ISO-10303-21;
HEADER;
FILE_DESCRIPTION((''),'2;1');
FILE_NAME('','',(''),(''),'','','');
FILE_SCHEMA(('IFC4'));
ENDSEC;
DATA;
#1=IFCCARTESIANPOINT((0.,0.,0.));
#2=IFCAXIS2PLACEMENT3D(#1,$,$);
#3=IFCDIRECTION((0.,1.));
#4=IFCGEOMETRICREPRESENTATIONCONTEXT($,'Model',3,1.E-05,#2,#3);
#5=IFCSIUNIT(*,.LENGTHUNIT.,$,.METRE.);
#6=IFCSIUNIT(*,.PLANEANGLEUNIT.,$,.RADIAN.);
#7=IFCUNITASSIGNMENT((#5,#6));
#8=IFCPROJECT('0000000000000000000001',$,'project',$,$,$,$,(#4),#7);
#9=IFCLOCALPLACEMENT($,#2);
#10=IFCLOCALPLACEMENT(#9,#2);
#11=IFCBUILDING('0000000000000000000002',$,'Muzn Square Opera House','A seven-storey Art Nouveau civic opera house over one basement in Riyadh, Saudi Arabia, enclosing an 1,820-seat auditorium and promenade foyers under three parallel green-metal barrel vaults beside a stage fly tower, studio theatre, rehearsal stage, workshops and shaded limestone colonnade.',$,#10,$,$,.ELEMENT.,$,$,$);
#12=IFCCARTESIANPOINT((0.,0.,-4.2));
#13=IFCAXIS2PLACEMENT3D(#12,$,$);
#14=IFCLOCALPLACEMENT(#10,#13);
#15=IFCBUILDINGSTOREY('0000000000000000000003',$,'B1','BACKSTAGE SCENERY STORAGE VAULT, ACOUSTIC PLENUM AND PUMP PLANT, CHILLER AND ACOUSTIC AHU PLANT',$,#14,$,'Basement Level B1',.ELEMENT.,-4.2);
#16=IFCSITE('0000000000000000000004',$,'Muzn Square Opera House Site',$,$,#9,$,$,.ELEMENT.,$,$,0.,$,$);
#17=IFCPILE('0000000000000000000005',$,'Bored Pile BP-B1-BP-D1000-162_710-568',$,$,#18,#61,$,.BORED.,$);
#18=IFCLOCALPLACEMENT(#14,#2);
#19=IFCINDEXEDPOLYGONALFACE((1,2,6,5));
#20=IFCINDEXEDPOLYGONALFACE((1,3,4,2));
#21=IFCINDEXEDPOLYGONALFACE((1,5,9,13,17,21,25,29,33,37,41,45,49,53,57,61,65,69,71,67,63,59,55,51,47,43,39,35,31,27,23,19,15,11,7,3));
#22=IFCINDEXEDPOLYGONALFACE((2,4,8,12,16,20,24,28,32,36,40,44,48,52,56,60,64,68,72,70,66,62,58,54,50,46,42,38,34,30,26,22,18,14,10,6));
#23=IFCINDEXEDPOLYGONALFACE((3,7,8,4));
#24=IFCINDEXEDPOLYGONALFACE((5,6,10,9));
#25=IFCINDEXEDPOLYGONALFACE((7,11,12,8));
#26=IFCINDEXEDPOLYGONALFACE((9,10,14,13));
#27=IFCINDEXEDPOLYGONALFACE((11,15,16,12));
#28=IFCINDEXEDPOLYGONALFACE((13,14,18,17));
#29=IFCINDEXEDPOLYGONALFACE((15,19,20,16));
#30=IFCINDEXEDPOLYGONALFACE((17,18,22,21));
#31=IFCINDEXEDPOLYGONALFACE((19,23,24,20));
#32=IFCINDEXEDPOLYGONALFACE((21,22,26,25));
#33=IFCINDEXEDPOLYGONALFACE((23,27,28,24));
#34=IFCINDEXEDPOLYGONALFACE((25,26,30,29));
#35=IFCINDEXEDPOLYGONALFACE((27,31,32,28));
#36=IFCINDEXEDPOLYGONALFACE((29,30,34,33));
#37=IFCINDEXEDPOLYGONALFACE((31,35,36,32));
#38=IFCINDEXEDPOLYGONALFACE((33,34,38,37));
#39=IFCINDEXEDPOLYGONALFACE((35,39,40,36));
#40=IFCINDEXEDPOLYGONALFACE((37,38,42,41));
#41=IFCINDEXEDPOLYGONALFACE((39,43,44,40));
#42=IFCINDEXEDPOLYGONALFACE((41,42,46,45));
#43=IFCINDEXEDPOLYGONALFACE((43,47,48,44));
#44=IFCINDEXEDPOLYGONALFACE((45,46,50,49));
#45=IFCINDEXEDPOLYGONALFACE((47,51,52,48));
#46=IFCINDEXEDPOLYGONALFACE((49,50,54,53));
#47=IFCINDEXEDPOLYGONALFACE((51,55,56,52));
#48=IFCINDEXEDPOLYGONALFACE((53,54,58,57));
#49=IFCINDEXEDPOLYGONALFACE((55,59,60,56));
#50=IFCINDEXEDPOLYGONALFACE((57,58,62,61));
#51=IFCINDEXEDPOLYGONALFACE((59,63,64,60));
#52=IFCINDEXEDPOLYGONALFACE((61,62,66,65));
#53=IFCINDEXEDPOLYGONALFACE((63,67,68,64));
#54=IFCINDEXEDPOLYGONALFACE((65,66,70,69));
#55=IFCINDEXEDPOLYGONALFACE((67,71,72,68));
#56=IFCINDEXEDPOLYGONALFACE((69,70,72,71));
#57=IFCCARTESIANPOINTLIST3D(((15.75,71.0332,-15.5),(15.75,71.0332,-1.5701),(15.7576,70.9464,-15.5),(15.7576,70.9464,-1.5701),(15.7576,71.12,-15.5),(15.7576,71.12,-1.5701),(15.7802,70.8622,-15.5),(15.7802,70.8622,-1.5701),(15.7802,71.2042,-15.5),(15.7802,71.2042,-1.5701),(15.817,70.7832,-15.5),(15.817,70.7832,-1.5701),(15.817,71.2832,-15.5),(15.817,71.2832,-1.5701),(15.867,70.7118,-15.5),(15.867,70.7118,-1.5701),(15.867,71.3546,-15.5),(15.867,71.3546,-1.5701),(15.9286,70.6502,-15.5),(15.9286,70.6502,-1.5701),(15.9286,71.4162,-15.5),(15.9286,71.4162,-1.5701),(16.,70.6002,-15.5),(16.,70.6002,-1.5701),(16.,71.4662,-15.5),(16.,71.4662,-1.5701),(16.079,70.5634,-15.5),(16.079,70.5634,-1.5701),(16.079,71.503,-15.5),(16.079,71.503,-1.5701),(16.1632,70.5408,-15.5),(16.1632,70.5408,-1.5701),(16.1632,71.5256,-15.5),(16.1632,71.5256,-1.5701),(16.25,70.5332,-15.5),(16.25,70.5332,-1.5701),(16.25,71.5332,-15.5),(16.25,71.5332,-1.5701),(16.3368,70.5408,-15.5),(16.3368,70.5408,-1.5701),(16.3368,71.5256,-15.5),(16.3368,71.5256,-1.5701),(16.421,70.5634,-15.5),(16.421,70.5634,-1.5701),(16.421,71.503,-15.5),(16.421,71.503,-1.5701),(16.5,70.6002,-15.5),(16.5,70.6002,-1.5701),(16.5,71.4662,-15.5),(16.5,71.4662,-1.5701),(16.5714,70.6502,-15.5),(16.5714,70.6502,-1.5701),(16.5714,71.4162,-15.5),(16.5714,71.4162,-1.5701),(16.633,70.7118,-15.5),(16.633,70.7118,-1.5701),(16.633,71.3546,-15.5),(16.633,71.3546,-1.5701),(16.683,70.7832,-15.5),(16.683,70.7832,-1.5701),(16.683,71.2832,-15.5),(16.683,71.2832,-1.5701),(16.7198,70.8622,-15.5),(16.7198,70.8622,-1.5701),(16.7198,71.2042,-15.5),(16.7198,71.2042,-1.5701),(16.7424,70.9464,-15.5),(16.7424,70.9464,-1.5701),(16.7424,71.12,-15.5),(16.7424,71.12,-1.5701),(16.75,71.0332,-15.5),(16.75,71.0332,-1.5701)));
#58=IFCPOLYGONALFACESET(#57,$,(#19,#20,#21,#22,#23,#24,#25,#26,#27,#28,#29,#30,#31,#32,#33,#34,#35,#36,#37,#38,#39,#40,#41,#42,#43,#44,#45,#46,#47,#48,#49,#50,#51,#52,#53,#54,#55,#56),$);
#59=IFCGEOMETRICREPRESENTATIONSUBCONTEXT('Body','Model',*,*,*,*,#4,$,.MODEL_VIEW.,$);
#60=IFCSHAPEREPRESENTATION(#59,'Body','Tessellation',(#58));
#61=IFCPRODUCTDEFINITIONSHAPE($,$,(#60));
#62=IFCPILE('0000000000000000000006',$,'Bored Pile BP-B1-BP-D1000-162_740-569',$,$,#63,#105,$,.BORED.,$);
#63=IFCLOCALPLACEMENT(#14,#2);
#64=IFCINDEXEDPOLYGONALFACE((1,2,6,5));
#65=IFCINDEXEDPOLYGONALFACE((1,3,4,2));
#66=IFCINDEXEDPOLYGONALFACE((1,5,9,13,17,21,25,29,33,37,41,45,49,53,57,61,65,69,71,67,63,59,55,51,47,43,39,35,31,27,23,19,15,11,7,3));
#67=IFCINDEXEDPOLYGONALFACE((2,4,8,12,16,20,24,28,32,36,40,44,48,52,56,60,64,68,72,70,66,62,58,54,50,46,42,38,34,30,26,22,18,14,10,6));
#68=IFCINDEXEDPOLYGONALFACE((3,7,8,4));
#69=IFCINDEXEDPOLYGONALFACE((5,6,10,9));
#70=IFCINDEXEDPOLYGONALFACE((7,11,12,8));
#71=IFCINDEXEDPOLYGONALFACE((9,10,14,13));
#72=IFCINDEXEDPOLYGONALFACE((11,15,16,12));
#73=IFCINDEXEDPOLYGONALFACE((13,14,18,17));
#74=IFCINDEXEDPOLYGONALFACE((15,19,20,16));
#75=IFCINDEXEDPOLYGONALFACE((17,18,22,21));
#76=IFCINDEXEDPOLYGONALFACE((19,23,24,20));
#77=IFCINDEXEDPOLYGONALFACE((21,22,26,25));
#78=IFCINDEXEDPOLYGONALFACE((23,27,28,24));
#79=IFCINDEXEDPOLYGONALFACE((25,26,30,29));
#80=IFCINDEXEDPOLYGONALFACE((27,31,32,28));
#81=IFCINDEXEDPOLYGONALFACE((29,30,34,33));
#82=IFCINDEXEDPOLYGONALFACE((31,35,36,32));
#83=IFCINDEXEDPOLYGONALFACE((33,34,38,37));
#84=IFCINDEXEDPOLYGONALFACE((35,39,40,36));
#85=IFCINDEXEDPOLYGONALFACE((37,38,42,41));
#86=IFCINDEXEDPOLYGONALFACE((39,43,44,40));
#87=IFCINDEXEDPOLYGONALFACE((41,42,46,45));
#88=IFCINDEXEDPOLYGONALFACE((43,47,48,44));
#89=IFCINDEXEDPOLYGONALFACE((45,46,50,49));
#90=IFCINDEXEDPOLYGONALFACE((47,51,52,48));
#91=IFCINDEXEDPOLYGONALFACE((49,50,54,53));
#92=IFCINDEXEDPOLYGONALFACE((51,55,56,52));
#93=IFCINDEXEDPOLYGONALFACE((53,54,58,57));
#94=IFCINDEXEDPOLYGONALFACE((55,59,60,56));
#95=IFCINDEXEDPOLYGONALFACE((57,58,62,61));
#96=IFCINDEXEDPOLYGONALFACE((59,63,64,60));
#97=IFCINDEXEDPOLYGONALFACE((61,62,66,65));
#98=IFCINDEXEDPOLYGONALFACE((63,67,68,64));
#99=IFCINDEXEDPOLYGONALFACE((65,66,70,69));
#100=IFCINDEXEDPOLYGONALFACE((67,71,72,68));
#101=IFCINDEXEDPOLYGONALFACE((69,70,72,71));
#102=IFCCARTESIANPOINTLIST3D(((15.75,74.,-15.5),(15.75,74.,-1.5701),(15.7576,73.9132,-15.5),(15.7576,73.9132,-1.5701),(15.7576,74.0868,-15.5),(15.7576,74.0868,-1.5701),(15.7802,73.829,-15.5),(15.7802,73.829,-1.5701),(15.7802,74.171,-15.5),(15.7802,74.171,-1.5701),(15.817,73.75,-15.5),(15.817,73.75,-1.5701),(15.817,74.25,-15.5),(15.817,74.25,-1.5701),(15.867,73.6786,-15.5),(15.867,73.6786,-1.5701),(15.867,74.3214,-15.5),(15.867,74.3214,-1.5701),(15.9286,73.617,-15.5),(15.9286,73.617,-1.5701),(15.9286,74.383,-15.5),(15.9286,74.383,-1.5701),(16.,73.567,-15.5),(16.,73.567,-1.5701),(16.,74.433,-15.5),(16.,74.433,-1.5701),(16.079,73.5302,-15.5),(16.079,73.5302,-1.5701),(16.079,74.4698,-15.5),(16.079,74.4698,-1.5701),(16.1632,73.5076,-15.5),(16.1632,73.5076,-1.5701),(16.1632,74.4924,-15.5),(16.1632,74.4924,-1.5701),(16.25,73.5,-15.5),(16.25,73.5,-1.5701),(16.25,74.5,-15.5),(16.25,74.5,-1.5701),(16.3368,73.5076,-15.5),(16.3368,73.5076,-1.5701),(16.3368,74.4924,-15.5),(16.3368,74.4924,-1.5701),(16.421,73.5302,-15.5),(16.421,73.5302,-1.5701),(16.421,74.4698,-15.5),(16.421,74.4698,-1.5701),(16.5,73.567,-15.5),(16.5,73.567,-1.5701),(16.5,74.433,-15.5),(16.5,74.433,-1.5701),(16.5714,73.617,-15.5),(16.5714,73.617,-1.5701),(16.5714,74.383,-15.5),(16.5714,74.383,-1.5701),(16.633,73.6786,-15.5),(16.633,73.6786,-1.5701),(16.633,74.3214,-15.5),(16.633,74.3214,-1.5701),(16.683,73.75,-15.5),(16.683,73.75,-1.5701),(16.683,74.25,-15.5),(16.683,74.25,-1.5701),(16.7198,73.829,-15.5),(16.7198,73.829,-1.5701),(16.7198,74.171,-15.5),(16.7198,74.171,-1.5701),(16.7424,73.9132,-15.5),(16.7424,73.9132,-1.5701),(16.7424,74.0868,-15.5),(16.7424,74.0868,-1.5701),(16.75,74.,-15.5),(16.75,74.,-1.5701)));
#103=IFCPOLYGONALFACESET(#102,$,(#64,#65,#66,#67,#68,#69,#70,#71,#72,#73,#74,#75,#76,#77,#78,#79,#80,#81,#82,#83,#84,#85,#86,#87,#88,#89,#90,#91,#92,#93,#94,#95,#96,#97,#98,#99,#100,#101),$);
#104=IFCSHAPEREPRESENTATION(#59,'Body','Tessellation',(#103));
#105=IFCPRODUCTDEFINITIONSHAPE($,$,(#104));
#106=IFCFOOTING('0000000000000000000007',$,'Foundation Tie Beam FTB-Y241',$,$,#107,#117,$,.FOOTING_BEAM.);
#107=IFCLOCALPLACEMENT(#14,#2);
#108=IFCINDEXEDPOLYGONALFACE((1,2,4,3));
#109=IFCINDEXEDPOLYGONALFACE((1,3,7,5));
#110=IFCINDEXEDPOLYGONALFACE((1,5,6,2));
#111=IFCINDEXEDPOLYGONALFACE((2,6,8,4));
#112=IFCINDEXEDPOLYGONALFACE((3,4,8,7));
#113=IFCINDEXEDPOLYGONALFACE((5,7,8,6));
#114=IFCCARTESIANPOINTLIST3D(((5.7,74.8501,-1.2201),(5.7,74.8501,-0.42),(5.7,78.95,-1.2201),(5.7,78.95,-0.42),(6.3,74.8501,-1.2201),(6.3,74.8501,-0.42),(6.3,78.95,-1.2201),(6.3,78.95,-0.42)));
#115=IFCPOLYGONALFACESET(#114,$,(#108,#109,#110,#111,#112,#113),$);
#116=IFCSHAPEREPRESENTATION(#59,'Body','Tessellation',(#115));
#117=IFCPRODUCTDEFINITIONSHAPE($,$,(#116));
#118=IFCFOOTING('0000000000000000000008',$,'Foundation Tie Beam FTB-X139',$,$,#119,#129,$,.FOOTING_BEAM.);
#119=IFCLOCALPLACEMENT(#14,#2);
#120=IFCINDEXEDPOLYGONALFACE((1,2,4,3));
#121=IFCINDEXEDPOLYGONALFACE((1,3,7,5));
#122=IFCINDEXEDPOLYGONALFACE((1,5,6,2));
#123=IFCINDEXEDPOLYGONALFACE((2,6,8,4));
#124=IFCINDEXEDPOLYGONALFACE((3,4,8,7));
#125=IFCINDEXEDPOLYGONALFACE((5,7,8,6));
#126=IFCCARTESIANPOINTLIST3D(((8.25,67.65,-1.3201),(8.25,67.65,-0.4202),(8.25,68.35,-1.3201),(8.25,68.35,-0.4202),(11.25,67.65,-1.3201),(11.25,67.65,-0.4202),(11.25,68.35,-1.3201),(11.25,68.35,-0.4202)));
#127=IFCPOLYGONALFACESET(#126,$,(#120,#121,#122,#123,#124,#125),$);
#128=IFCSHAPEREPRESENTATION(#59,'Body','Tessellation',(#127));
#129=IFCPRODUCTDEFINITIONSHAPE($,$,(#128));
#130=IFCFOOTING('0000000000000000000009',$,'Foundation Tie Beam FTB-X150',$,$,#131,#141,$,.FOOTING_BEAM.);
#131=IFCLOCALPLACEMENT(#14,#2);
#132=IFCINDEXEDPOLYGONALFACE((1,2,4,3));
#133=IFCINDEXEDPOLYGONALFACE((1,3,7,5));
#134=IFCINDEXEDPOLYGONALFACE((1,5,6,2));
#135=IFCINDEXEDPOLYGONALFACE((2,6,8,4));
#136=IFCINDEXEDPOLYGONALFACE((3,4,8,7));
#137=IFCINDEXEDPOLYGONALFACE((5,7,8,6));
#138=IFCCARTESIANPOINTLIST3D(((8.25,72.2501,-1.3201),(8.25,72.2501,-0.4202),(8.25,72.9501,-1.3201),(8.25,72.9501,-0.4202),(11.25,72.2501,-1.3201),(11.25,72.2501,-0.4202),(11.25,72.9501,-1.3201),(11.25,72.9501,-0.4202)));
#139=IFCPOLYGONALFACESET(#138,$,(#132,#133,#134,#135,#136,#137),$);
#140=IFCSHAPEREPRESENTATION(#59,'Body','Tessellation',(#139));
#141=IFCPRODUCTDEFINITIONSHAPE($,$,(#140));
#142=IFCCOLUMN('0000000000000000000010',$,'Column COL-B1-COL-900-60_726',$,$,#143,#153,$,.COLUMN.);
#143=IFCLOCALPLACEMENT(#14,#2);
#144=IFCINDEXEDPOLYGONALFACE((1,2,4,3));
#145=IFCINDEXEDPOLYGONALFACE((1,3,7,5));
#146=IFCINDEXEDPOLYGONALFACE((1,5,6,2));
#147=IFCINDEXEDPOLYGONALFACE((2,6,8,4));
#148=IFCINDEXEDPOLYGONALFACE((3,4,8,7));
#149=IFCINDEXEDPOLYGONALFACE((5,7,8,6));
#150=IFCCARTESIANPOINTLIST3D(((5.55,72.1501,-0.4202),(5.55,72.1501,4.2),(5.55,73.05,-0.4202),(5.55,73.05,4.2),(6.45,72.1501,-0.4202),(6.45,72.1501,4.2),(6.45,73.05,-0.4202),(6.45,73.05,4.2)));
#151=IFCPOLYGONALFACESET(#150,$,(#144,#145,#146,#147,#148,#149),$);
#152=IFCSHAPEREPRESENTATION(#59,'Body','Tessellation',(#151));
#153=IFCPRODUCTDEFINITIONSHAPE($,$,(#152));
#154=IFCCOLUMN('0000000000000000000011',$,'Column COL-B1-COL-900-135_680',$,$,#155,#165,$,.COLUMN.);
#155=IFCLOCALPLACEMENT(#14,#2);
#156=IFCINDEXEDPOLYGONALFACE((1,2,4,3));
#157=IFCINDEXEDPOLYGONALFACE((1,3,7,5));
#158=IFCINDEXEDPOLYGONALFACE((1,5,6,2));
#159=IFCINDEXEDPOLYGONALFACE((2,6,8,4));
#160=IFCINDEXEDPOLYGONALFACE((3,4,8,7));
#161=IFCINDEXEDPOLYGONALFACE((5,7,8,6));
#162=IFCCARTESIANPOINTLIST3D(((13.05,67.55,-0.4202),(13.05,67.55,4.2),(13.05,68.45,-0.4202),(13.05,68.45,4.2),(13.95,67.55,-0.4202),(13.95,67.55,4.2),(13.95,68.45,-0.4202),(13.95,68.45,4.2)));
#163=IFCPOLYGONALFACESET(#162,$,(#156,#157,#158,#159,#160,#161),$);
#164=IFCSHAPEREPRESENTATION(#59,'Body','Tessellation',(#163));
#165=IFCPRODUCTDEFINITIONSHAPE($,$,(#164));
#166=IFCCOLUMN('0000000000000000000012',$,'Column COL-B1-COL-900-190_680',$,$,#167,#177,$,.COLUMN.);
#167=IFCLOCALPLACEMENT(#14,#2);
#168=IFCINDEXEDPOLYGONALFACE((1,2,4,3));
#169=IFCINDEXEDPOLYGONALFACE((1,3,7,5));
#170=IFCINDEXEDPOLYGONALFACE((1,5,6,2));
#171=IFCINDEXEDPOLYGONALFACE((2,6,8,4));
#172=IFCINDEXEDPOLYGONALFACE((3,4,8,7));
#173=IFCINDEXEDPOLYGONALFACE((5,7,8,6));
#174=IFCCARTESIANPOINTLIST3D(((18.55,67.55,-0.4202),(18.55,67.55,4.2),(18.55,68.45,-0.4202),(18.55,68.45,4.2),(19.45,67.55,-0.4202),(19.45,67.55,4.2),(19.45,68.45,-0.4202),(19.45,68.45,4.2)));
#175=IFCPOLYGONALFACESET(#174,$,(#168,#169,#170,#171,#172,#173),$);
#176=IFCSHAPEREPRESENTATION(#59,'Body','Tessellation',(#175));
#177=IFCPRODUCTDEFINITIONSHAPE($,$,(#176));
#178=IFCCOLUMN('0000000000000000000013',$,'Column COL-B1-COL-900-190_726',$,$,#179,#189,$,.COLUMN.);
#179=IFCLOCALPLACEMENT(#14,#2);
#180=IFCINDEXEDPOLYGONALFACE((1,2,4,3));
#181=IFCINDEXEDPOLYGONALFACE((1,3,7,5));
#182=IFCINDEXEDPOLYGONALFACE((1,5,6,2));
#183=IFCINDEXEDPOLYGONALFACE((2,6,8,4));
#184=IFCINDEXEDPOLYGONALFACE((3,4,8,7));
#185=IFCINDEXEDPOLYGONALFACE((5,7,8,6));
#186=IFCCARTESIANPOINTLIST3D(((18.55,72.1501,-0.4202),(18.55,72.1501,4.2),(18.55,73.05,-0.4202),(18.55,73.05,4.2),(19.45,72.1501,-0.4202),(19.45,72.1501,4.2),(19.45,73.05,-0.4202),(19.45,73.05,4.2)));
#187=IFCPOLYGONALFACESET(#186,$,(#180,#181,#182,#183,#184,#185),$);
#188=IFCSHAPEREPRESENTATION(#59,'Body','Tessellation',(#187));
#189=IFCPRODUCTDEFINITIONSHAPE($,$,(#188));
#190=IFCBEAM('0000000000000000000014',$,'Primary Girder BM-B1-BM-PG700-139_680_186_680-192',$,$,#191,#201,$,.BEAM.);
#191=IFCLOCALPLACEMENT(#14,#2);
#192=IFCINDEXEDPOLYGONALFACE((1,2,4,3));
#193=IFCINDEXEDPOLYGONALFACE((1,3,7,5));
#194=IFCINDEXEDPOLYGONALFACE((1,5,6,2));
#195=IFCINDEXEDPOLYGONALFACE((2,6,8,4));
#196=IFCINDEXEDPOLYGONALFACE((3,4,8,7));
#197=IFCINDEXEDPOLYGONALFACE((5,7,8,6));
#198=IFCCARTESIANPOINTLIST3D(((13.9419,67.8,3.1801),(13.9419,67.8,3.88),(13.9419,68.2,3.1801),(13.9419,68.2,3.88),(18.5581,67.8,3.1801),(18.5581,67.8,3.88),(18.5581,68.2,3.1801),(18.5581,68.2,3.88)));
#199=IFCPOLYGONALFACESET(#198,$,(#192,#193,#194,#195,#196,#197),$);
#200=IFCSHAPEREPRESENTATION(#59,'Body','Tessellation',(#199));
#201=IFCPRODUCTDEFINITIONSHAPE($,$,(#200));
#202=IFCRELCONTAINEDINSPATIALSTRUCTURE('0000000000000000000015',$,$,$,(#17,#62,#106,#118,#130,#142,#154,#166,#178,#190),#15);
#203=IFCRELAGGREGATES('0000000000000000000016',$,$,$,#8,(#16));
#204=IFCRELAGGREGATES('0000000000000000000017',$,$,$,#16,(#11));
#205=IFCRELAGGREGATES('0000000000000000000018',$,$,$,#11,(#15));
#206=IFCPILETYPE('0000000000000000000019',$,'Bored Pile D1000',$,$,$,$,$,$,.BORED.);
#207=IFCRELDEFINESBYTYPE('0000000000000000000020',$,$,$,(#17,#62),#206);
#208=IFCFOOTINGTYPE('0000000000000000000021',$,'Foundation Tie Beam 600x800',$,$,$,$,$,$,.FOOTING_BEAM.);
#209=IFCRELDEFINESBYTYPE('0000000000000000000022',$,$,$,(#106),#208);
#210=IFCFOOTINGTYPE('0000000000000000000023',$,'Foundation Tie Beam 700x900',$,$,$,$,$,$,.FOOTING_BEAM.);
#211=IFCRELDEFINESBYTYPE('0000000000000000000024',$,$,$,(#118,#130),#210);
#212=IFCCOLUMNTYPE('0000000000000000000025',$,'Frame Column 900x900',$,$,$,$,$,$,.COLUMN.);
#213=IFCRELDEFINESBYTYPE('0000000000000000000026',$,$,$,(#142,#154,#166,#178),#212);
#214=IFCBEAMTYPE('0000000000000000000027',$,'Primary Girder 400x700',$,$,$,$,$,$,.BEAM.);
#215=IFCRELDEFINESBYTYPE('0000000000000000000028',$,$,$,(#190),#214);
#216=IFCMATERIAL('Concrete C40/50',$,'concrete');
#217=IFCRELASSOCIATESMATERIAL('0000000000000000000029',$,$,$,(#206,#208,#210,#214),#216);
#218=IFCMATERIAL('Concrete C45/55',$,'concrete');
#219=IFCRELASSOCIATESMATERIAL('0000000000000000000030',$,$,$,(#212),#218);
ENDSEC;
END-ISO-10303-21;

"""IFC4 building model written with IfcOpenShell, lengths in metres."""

from ifc_helpers import new_model, si_unit, direction, frame, origin, origin_2d, place, context, subcontext, project, spatial, rectangle, circle, extrude, material, material_profile, profile_set, type_object, element, save


model = new_model("IFC4")

# Units and contexts
model_context = context("Model", 3, precision=1e-05, world=origin(), true_north=direction((0.0, 1.0)))
body_context = subcontext(model_context, "Body", "Model", "MODEL_VIEW")
ifc_project = project(units=[si_unit("LENGTHUNIT", "METRE"), si_unit("PLANEANGLEUNIT", "RADIAN")], contexts=[model_context])

# Site, building, storey
site_placement = place(None, origin())
site = spatial("IfcSite", under=ifc_project, at=site_placement, Name="Muzn Square Opera House Site", CompositionType="ELEMENT", RefElevation=0.0)
building_placement = place(site_placement, origin())
building = spatial("IfcBuilding", under=site, at=building_placement, Name="Muzn Square Opera House", Description="A seven-storey Art Nouveau civic opera house over one basement in Riyadh, Saudi Arabia, enclosing an 1,820-seat auditorium and promenade foyers under three parallel green-metal barrel vaults beside a stage fly tower, studio theatre, rehearsal stage, workshops and shaded limestone colonnade.", CompositionType="ELEMENT")
storey_placement = place(building_placement, frame((0.0, 0.0, -4.2)))
storey = spatial("IfcBuildingStorey", under=building, at=storey_placement, Name="B1", Description="BACKSTAGE SCENERY STORAGE VAULT, ACOUSTIC PLENUM AND PUMP PLANT, CHILLER AND ACOUSTIC AHU PLANT", LongName="Basement Level B1", CompositionType="ELEMENT", Elevation=-4.2)

# Piles
ifc_material_1 = material(Name="Concrete C40/50", Category="concrete")
ifc_material_profile_1 = material_profile(ifc_material_1, circle(Radius=0.5, at=origin_2d()), Name="BORED PILE D1000", Category="concrete")
ifc_profile_set_1 = profile_set([ifc_material_profile_1], Name="Concrete C40/50")
pile_type = type_object("IfcPileType", Name="Bored Pile D1000", PredefinedType="BORED", material=ifc_profile_set_1)
for number, where, z_axis, x_axis, name in (
    (1, (16.25, 71.0332, -1.5701), (0.0, 0.0, -1.0), (1.0, 0.0, 0.0), "Bored Pile BP-B1-BP-D1000-162_710-568"),
    (2, (16.25, 74.0, -1.5701), (0.0, 0.0, -1.0), (1.0, 0.0, 0.0), "Bored Pile BP-B1-BP-D1000-162_740-569"),
):
    element("IfcPile", number, at=place(storey_placement, frame(where, z_axis=z_axis, x_axis=x_axis)), inside=storey, type_object=pile_type, Name=name, PredefinedType="BORED", context=body_context, shape_type="SweptSolid", body=[
        extrude(circle(Radius=0.5, at=origin_2d()), origin(), (0.0, 0.0, 1.0), 13.9299),
    ])

# Footings
ifc_material_profile_2 = material_profile(ifc_material_1, rectangle(XDim=0.6001, YDim=0.8, at=origin_2d()), Name="RCTB 600x800", Category="concrete")
ifc_profile_set_2 = profile_set([ifc_material_profile_2], Name="Concrete C40/50")
footing_type_1 = type_object("IfcFootingType", Name="Foundation Tie Beam 600x800", PredefinedType="FOOTING_BEAM", material=ifc_profile_set_2)
footing_placement = place(storey_placement, frame((6.0, 74.8501, -0.8201), z_axis=(0.0, 1.0, 0.0), x_axis=(-1.0, 0.0, 0.0)))
element("IfcFooting", 3, at=footing_placement, inside=storey, type_object=footing_type_1, Name="Foundation Tie Beam FTB-Y241", PredefinedType="FOOTING_BEAM", context=body_context, shape_type="SweptSolid", body=[
    extrude(rectangle(XDim=0.6001, YDim=0.8, at=origin_2d()), origin(), (0.0, 0.0, 1.0), 4.0999),
])
ifc_material_profile_3 = material_profile(ifc_material_1, rectangle(XDim=0.7, YDim=0.8999, at=origin_2d()), Name="RCTB 700x900", Category="concrete")
ifc_profile_set_3 = profile_set([ifc_material_profile_3], Name="Concrete C40/50")
footing_type_2 = type_object("IfcFootingType", Name="Foundation Tie Beam 700x900", PredefinedType="FOOTING_BEAM", material=ifc_profile_set_3)
for number, where, z_axis, x_axis, name in (
    (4, (8.25, 68.0, -0.8701), (1.0, 0.0, 0.0), (0.0, 1.0, 0.0), "Foundation Tie Beam FTB-X139"),
    (5, (8.25, 72.6001, -0.8701), (1.0, 0.0, 0.0), (0.0, 1.0, 0.0), "Foundation Tie Beam FTB-X150"),
):
    element("IfcFooting", number, at=place(storey_placement, frame(where, z_axis=z_axis, x_axis=x_axis)), inside=storey, type_object=footing_type_2, Name=name, PredefinedType="FOOTING_BEAM", context=body_context, shape_type="SweptSolid", body=[
        extrude(rectangle(XDim=0.7, YDim=0.8999, at=origin_2d()), origin(), (0.0, 0.0, 1.0), 3.0),
    ])

# Columns
ifc_material_2 = material(Name="Concrete C45/55", Category="concrete")
ifc_material_profile_4 = material_profile(ifc_material_2, rectangle(XDim=0.8999, YDim=0.8999, at=origin_2d()), Name="RC 900x900", Category="concrete")
ifc_profile_set_4 = profile_set([ifc_material_profile_4], Name="Concrete C45/55")
column_type = type_object("IfcColumnType", Name="Frame Column 900x900", PredefinedType="COLUMN", material=ifc_profile_set_4)
for number, where, z_axis, x_axis, name in (
    (6, (6.0, 72.6001, -0.4202), (0.0, 0.0, 1.0), (1.0, 0.0, 0.0), "Column COL-B1-COL-900-60_726"),
    (7, (13.5, 68.0, -0.4202), (0.0, 0.0, 1.0), (1.0, 0.0, 0.0), "Column COL-B1-COL-900-135_680"),
    (8, (19.0, 68.0, -0.4202), (0.0, 0.0, 1.0), (1.0, 0.0, 0.0), "Column COL-B1-COL-900-190_680"),
    (9, (19.0, 72.6001, -0.4202), (0.0, 0.0, 1.0), (1.0, 0.0, 0.0), "Column COL-B1-COL-900-190_726"),
):
    element("IfcColumn", number, at=place(storey_placement, frame(where, z_axis=z_axis, x_axis=x_axis)), inside=storey, type_object=column_type, Name=name, PredefinedType="COLUMN", context=body_context, shape_type="SweptSolid", body=[
        extrude(rectangle(XDim=0.8999, YDim=0.8999, at=origin_2d()), origin(), (0.0, 0.0, 1.0), 4.6201),
    ])

# Beam
ifc_material_profile_5 = material_profile(ifc_material_1, rectangle(XDim=0.3999, YDim=0.7, at=origin_2d()), Name="RCB 400x700", Category="concrete")
ifc_profile_set_5 = profile_set([ifc_material_profile_5], Name="Concrete C40/50")
beam_type_1 = type_object("IfcBeamType", Name="Primary Girder 400x700", PredefinedType="BEAM", material=ifc_profile_set_5)
beam_1_placement = place(storey_placement, frame((13.9419, 68.0, 3.53), z_axis=(1.0, 0.0, 0.0), x_axis=(0.0, 1.0, 0.0)))
element("IfcBeam", 10, at=beam_1_placement, inside=storey, type_object=beam_type_1, Name="Primary Girder BM-B1-BM-PG700-139_680_186_680-192", PredefinedType="BEAM", context=body_context, shape_type="SweptSolid", body=[
    extrude(rectangle(XDim=0.3999, YDim=0.7, at=origin_2d()), origin(), (0.0, 0.0, 1.0), 4.6162),
])

save(model, "model.ifc")
